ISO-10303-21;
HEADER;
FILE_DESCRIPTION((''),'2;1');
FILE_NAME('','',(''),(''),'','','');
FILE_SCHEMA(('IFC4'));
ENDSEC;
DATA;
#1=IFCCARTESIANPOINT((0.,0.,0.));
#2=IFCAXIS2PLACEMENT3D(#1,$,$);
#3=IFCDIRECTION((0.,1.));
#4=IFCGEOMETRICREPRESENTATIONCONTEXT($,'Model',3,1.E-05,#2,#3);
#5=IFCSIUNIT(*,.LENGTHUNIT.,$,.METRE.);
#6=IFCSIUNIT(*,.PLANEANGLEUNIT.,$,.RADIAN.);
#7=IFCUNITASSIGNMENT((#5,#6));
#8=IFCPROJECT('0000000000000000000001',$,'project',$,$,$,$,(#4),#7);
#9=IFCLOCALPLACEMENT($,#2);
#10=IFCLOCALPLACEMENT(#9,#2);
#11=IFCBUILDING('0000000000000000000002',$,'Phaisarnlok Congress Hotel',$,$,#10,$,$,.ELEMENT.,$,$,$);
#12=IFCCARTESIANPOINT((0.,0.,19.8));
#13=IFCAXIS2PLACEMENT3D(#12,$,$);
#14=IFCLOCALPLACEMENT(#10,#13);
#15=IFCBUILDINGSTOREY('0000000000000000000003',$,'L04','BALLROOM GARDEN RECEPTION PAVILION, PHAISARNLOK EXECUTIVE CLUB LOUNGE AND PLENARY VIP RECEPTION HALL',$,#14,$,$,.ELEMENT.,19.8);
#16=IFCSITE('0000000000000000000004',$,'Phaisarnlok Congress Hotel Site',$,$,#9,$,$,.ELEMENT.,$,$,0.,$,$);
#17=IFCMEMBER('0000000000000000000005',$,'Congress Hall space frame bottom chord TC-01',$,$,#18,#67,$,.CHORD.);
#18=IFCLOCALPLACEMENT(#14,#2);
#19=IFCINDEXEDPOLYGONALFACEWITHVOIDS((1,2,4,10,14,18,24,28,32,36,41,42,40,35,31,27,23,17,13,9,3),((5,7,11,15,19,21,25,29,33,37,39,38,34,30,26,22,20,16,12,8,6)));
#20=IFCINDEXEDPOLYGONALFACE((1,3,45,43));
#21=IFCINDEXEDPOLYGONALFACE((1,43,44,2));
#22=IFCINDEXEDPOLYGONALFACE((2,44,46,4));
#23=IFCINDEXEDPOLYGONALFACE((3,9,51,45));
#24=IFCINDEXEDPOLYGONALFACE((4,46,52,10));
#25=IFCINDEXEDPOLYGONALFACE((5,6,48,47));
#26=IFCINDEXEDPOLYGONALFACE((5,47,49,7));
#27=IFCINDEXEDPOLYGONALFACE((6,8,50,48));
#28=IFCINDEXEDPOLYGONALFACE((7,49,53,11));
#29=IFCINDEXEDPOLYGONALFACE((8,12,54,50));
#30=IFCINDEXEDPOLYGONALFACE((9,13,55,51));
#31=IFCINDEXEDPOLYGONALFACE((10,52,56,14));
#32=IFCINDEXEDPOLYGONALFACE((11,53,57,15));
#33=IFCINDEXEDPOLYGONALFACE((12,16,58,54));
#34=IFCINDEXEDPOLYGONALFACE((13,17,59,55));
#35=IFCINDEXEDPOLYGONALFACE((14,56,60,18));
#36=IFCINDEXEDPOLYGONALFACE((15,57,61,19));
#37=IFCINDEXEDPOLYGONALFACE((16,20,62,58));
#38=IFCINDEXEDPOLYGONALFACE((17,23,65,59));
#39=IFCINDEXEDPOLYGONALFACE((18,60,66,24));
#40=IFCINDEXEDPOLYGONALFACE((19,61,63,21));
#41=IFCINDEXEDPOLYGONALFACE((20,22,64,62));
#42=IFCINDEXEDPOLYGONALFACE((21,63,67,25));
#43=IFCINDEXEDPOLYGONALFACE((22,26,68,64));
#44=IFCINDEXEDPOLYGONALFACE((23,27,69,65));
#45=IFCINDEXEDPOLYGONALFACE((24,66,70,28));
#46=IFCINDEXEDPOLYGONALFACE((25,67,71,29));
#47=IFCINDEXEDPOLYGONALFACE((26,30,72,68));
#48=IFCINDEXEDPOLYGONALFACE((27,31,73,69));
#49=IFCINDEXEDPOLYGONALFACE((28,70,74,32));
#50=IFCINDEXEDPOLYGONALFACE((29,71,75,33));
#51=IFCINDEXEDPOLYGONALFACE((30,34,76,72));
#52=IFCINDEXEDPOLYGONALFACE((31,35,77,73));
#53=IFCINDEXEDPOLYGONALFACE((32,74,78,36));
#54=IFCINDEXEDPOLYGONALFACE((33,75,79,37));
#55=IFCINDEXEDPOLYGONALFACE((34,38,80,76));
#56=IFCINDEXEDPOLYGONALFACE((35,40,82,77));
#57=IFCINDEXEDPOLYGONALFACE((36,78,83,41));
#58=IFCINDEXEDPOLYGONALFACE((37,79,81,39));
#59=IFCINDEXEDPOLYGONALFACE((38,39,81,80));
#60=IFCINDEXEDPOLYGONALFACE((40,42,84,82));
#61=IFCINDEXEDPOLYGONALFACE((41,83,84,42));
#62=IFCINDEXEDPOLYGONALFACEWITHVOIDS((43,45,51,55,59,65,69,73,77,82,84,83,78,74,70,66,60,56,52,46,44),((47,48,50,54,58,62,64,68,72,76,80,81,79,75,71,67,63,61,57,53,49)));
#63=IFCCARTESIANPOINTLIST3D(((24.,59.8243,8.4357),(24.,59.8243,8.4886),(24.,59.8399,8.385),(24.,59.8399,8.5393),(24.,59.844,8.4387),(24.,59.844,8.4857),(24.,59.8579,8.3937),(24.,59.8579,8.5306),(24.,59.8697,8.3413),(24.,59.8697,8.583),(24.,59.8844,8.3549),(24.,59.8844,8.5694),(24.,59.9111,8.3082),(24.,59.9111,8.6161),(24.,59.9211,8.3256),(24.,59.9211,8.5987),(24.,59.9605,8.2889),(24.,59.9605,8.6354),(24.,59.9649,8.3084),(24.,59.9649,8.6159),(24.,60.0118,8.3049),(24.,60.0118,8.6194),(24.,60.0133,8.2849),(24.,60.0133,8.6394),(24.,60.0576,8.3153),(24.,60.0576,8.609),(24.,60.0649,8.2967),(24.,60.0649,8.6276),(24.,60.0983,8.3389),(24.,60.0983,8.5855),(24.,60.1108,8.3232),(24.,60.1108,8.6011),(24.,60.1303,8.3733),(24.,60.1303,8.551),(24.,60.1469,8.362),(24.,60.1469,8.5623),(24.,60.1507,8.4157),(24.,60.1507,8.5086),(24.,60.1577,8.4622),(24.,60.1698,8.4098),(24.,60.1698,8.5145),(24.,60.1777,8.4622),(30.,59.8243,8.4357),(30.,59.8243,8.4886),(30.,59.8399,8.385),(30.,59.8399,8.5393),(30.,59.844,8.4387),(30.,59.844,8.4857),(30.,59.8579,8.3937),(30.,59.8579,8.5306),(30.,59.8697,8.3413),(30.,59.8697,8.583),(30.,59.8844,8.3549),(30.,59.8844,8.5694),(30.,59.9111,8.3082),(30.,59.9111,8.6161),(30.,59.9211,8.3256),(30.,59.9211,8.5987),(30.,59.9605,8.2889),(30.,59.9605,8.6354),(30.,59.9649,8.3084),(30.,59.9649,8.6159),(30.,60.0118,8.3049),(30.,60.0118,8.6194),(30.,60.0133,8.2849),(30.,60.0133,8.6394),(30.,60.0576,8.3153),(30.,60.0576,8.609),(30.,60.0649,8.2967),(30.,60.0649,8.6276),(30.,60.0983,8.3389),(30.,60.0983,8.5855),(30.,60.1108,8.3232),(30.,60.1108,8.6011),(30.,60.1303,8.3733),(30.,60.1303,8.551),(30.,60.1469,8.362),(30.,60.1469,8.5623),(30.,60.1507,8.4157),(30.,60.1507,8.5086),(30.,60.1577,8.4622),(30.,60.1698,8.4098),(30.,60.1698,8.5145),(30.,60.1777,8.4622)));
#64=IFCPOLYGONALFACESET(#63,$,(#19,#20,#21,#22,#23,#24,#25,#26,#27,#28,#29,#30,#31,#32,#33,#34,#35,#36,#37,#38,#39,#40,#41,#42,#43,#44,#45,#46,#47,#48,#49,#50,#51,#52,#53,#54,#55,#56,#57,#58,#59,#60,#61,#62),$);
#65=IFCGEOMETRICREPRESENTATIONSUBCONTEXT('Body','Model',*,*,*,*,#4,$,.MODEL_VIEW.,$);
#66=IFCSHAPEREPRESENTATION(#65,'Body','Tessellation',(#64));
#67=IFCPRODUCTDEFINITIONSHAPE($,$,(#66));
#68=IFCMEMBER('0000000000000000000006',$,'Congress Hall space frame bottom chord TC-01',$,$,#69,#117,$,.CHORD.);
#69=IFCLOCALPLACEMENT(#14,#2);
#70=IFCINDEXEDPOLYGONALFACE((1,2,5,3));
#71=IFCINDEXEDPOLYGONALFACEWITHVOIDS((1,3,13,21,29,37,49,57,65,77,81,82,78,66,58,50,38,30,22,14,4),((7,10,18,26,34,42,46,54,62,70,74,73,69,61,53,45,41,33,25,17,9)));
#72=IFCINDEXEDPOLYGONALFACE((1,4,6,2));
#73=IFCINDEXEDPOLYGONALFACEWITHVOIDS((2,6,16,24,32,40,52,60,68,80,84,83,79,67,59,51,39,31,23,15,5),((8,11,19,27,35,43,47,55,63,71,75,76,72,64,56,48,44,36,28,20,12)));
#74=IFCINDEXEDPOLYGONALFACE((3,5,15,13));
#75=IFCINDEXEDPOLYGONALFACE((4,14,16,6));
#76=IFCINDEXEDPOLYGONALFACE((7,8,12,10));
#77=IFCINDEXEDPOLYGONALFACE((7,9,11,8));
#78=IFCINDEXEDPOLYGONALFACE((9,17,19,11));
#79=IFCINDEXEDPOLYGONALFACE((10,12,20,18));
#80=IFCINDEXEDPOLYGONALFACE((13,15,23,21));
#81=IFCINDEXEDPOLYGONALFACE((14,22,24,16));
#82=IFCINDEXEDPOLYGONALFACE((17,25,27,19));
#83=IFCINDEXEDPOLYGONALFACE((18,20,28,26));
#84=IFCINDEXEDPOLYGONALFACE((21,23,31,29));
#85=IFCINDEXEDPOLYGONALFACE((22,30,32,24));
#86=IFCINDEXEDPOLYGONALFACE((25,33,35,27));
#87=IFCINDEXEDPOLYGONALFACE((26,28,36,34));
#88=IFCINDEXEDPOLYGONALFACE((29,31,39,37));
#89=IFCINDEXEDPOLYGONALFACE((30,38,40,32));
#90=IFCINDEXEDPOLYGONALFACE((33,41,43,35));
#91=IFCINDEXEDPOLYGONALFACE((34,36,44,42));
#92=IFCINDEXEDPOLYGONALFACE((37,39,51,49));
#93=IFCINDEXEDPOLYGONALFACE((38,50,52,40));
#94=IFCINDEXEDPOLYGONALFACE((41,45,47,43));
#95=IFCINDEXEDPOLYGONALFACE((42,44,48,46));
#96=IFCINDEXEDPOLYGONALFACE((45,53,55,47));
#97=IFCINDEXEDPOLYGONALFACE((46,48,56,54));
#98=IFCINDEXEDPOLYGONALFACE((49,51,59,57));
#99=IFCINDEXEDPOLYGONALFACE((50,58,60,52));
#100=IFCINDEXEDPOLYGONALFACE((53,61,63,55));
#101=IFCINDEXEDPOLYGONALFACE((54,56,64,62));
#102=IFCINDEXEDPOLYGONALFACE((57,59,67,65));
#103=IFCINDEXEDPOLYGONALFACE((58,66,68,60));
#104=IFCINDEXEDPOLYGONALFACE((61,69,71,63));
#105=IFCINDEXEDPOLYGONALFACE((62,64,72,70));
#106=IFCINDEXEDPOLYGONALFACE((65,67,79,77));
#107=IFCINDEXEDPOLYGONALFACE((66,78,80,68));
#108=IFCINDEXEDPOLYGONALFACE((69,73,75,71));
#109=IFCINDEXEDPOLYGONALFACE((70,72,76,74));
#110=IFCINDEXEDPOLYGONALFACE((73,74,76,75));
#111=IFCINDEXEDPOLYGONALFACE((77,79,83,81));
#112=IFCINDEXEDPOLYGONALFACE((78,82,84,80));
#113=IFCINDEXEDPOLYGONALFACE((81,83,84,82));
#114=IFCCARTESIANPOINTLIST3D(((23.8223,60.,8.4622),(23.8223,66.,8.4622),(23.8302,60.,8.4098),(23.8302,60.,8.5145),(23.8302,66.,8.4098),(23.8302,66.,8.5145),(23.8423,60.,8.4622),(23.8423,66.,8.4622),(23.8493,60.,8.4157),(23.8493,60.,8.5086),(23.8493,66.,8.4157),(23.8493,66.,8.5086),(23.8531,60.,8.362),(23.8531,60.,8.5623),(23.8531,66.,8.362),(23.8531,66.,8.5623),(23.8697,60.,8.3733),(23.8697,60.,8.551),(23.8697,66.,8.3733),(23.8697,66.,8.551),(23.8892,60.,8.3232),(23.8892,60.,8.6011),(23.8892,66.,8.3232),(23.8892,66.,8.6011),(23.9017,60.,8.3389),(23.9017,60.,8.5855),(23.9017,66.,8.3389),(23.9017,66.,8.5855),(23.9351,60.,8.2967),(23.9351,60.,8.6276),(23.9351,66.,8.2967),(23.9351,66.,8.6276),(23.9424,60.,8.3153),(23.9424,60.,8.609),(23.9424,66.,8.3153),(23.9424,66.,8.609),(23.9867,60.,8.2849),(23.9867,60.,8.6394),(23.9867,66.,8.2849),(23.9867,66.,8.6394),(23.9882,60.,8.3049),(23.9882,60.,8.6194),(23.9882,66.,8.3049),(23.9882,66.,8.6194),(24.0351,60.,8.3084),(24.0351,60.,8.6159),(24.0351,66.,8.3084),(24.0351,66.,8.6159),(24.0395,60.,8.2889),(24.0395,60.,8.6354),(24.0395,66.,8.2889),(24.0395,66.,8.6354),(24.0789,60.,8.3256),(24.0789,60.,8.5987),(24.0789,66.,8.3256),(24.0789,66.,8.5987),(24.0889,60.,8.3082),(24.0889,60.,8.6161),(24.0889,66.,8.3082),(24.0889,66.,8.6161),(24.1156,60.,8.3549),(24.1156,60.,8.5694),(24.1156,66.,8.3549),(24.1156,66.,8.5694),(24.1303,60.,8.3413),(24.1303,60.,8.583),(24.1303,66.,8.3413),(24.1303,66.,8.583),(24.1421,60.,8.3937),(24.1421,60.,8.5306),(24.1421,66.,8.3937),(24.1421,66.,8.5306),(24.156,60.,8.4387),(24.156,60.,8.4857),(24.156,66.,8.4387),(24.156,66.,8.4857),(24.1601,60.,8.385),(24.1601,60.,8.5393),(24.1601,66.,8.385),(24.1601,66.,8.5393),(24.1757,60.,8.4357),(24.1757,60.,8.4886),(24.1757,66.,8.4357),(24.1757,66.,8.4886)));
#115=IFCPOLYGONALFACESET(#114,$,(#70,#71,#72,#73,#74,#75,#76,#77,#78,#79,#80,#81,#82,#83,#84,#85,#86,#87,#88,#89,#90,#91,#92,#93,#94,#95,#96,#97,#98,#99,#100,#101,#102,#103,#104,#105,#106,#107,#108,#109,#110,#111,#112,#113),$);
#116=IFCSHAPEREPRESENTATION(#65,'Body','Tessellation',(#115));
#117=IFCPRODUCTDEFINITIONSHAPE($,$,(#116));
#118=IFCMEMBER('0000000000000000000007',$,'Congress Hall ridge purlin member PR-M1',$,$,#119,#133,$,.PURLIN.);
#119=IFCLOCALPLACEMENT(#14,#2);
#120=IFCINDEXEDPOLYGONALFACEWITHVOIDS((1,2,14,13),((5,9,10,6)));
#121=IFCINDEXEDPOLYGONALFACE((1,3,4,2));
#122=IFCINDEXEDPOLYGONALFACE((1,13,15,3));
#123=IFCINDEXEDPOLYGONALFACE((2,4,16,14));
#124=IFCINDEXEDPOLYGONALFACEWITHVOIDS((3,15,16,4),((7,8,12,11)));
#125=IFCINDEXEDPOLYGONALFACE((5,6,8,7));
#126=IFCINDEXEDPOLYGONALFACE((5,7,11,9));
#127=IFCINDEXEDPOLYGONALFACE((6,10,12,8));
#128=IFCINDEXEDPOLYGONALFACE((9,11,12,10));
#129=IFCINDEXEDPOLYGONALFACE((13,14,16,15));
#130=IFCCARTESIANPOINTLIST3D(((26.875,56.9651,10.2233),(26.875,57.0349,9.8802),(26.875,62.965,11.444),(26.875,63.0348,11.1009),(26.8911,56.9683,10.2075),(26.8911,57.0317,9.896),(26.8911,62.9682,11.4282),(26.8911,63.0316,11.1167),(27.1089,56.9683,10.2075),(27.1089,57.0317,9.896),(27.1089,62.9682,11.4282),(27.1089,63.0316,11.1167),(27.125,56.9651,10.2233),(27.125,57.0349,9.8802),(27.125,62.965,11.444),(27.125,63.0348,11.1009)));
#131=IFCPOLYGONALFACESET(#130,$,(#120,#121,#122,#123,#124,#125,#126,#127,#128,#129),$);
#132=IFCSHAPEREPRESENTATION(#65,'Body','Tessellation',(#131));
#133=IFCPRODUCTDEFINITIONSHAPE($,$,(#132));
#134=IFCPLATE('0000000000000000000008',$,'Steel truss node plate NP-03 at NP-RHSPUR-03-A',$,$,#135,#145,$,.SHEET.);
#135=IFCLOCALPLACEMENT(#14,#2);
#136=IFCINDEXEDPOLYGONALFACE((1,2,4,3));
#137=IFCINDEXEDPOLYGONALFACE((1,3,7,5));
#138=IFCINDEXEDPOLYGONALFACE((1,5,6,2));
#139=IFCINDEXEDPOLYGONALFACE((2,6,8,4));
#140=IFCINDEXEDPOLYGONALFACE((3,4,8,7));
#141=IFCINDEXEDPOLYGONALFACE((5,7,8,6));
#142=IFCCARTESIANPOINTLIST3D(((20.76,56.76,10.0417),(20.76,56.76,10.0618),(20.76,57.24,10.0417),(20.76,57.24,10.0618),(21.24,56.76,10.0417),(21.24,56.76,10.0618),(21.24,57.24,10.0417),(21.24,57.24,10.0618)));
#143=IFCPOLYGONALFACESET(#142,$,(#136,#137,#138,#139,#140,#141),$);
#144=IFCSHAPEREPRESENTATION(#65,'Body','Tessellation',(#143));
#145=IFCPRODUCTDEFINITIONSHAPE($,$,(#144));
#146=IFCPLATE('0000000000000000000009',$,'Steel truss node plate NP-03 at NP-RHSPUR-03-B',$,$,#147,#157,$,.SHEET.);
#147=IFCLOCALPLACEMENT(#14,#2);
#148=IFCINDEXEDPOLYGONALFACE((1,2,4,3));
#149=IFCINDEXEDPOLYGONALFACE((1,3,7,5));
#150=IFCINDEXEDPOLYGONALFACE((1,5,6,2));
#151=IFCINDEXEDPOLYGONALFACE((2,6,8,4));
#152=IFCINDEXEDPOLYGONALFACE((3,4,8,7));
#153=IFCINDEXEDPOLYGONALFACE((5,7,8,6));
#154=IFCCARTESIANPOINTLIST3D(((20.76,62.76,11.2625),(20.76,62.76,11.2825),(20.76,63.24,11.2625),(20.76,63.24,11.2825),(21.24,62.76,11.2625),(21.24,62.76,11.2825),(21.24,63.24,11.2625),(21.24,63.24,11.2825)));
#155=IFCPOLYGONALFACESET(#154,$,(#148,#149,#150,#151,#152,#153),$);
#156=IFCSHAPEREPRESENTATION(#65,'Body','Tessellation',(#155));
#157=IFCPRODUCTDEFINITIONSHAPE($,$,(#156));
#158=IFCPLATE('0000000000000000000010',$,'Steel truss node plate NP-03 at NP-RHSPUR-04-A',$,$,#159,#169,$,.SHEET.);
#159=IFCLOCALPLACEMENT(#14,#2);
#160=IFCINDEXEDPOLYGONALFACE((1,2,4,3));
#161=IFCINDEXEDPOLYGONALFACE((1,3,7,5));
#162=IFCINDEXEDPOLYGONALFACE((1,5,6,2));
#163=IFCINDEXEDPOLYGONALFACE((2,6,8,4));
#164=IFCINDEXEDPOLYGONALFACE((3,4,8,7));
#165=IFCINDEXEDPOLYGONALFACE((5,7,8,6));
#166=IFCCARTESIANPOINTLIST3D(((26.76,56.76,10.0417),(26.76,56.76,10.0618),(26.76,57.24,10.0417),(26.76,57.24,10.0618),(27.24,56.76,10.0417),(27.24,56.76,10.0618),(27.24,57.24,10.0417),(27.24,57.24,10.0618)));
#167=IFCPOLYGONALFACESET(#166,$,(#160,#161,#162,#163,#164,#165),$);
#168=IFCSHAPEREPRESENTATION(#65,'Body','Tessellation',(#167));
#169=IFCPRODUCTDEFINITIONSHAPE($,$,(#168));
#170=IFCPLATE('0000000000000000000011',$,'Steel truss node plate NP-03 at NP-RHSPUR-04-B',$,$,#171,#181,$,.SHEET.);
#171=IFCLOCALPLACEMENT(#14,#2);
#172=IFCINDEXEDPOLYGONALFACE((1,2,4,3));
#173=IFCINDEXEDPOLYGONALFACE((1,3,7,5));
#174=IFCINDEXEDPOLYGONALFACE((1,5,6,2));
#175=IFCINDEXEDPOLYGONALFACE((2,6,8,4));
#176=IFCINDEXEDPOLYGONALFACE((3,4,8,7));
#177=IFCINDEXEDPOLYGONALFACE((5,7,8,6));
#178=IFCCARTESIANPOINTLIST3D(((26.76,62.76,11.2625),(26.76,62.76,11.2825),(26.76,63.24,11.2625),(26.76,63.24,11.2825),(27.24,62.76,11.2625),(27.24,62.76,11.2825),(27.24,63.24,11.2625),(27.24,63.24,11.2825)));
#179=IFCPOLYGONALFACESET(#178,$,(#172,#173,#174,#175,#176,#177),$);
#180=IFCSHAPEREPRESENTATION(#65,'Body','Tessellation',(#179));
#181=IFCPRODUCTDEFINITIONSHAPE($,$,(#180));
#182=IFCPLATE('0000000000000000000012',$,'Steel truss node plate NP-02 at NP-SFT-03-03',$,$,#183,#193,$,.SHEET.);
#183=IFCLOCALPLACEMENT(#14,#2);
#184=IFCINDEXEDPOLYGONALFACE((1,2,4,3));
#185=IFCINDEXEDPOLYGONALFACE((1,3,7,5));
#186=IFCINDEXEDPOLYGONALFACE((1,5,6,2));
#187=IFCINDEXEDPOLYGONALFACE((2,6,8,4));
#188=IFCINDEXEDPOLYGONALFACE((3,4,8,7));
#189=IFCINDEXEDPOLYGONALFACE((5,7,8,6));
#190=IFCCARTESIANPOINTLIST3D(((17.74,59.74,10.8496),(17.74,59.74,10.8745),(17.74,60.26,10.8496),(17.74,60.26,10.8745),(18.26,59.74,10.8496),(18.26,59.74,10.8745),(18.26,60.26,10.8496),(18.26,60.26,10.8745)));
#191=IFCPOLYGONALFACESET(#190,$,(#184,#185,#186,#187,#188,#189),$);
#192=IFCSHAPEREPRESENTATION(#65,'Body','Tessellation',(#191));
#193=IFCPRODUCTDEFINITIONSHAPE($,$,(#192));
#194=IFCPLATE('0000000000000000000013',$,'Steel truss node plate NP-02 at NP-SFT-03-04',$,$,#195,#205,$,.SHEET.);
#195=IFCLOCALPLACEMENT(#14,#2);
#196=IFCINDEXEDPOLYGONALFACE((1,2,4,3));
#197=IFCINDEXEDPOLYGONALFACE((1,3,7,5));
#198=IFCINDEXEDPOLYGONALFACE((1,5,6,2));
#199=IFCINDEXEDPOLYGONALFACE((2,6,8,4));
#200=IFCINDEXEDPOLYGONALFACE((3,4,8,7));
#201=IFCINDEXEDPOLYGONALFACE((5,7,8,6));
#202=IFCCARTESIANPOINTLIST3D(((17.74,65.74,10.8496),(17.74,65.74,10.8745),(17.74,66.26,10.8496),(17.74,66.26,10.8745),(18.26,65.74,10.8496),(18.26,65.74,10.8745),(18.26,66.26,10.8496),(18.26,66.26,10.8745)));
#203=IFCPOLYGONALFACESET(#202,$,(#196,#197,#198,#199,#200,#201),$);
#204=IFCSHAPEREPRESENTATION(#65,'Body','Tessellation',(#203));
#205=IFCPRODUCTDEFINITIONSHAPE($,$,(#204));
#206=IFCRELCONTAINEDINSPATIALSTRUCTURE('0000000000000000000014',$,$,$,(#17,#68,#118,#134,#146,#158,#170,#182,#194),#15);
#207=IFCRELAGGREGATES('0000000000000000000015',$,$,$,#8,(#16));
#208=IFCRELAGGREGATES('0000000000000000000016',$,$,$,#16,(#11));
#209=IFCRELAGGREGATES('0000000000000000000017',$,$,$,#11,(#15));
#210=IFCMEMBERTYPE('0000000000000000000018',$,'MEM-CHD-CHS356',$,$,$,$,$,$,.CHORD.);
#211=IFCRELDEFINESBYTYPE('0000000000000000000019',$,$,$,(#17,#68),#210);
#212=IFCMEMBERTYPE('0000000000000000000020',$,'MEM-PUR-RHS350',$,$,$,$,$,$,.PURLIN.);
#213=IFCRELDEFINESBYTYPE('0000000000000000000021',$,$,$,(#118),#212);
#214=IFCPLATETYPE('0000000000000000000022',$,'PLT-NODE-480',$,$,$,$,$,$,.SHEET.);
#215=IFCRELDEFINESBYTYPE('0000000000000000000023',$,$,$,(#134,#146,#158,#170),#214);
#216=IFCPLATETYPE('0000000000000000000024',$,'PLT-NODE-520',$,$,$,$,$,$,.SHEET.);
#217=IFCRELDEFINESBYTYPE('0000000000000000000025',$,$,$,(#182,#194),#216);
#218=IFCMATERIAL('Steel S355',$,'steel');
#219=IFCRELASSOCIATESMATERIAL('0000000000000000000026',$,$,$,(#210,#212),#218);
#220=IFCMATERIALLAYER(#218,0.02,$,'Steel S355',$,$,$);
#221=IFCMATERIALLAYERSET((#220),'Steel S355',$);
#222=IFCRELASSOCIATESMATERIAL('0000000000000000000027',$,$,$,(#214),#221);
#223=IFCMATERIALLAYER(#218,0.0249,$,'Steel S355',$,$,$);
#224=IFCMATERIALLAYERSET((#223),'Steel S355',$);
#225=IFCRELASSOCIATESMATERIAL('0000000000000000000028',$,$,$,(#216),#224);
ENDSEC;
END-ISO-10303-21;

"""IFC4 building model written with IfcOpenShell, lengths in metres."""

from ifc_helpers import new_model, si_unit, direction, frame, origin, origin_2d, place, context, subcontext, project, spatial, rectangle, hollow_rectangle, hollow_circle, extrude, material, layer, layer_set, material_profile, profile_set, type_object, element, save


model = new_model("IFC4")

# Units and contexts
model_context = context("Model", 3, precision=1e-05, world=origin(), true_north=direction((0.0, 1.0)))
body_context = subcontext(model_context, "Body", "Model", "MODEL_VIEW")
ifc_project = project(units=[si_unit("LENGTHUNIT", "METRE"), si_unit("PLANEANGLEUNIT", "RADIAN")], contexts=[model_context])

# Site, building, storey
site_placement = place(None, origin())
site = spatial("IfcSite", under=ifc_project, at=site_placement, Name="Phaisarnlok Congress Hotel Site", CompositionType="ELEMENT", RefElevation=0.0)
building_placement = place(site_placement, origin())
building = spatial("IfcBuilding", under=site, at=building_placement, Name="Phaisarnlok Congress Hotel", CompositionType="ELEMENT")
storey_placement = place(building_placement, frame((0.0, 0.0, 19.8)))
storey = spatial("IfcBuildingStorey", under=building, at=storey_placement, Name="L04", Description="BALLROOM GARDEN RECEPTION PAVILION, PHAISARNLOK EXECUTIVE CLUB LOUNGE AND PLENARY VIP RECEPTION HALL", CompositionType="ELEMENT", Elevation=19.8)

# Members
ifc_material = material(Name="Steel S355", Category="steel")
ifc_material_profile_1 = material_profile(ifc_material, hollow_circle(Radius=0.1777, WallThickness=0.02, at=origin_2d()), Name="CHS 355.6x20")
ifc_profile_set_1 = profile_set([ifc_material_profile_1], Name="Steel S355")
member_type_1 = type_object("IfcMemberType", Name="MEM-CHD-CHS356", PredefinedType="CHORD", material=ifc_profile_set_1)
for number, where, z_axis, x_axis, name in (
    (1, (24.0, 60.0, 8.4622), (1.0, 0.0, 0.0), (0.0, 1.0, 0.0), "Congress Hall space frame bottom chord TC-01"),
    (2, (24.0, 60.0, 8.4622), (0.0, 1.0, 0.0), (-1.0, 0.0, 0.0), "Congress Hall space frame bottom chord TC-01"),
):
    element("IfcMember", number, at=place(storey_placement, frame(where, z_axis=z_axis, x_axis=x_axis)), inside=storey, type_object=member_type_1, Name=name, PredefinedType="CHORD", context=body_context, shape_type="SweptSolid", body=[
        extrude(hollow_circle(Radius=0.1777, WallThickness=0.02, at=origin_2d()), origin(), (0.0, 0.0, 1.0), 6.0),
    ])
ifc_material_profile_2 = material_profile(ifc_material, hollow_rectangle(XDim=0.25, YDim=0.3501, WallThickness=0.0161, at=origin_2d()), Name="RHS 350x250x16")
ifc_profile_set_2 = profile_set([ifc_material_profile_2], Name="Steel S355")
member_type_2 = type_object("IfcMemberType", Name="MEM-PUR-RHS350", PredefinedType="PURLIN", material=ifc_profile_set_2)
member_1_placement = place(storey_placement, frame((27.0, 57.0, 10.0518), z_axis=(0.0, 0.979925, 0.199366), x_axis=(-1.0, 0.0, 0.0)))
element("IfcMember", 3, at=member_1_placement, inside=storey, type_object=member_type_2, Name="Congress Hall ridge purlin member PR-M1", PredefinedType="PURLIN", context=body_context, shape_type="SweptSolid", body=[
    extrude(hollow_rectangle(XDim=0.25, YDim=0.3501, WallThickness=0.0161, at=origin_2d()), origin(), (0.0, 0.0, 1.0), 6.1228),
])

# Plates
ifc_layer_1 = layer(ifc_material, 0.02, Name="Steel S355")
ifc_layer_set_1 = layer_set([ifc_layer_1], Name="Steel S355")
plate_type_1 = type_object("IfcPlateType", Name="PLT-NODE-480", PredefinedType="SHEET", material=ifc_layer_set_1)
for number, where, z_axis, x_axis, name in (
    (4, (21.0, 57.0, 10.0417), (0.0, 0.0, 1.0), (1.0, 0.0, 0.0), "Steel truss node plate NP-03 at NP-RHSPUR-03-A"),
    (5, (21.0, 63.0, 11.2625), (0.0, 0.0, 1.0), (1.0, 0.0, 0.0), "Steel truss node plate NP-03 at NP-RHSPUR-03-B"),
    (6, (27.0, 57.0, 10.0417), (0.0, 0.0, 1.0), (1.0, 0.0, 0.0), "Steel truss node plate NP-03 at NP-RHSPUR-04-A"),
    (7, (27.0, 63.0, 11.2625), (0.0, 0.0, 1.0), (1.0, 0.0, 0.0), "Steel truss node plate NP-03 at NP-RHSPUR-04-B"),
):
    element("IfcPlate", number, at=place(storey_placement, frame(where, z_axis=z_axis, x_axis=x_axis)), inside=storey, type_object=plate_type_1, Name=name, PredefinedType="SHEET", context=body_context, shape_type="SweptSolid", body=[
        extrude(rectangle(XDim=0.48, YDim=0.48, at=origin_2d()), origin(), (0.0, 0.0, 1.0), 0.02),
    ])
ifc_layer_2 = layer(ifc_material, 0.0249, Name="Steel S355")
ifc_layer_set_2 = layer_set([ifc_layer_2], Name="Steel S355")
plate_type_2 = type_object("IfcPlateType", Name="PLT-NODE-520", PredefinedType="SHEET", material=ifc_layer_set_2)
for number, where, z_axis, x_axis, name in (
    (8, (18.0, 60.0, 10.8496), (0.0, 0.0, 1.0), (1.0, 0.0, 0.0), "Steel truss node plate NP-02 at NP-SFT-03-03"),
    (9, (18.0, 66.0, 10.8496), (0.0, 0.0, 1.0), (1.0, 0.0, 0.0), "Steel truss node plate NP-02 at NP-SFT-03-04"),
):
    element("IfcPlate", number, at=place(storey_placement, frame(where, z_axis=z_axis, x_axis=x_axis)), inside=storey, type_object=plate_type_2, Name=name, PredefinedType="SHEET", context=body_context, shape_type="SweptSolid", body=[
        extrude(rectangle(XDim=0.52, YDim=0.52, at=origin_2d()), origin(), (0.0, 0.0, 1.0), 0.0249),
    ])

save(model, "model.ifc")
